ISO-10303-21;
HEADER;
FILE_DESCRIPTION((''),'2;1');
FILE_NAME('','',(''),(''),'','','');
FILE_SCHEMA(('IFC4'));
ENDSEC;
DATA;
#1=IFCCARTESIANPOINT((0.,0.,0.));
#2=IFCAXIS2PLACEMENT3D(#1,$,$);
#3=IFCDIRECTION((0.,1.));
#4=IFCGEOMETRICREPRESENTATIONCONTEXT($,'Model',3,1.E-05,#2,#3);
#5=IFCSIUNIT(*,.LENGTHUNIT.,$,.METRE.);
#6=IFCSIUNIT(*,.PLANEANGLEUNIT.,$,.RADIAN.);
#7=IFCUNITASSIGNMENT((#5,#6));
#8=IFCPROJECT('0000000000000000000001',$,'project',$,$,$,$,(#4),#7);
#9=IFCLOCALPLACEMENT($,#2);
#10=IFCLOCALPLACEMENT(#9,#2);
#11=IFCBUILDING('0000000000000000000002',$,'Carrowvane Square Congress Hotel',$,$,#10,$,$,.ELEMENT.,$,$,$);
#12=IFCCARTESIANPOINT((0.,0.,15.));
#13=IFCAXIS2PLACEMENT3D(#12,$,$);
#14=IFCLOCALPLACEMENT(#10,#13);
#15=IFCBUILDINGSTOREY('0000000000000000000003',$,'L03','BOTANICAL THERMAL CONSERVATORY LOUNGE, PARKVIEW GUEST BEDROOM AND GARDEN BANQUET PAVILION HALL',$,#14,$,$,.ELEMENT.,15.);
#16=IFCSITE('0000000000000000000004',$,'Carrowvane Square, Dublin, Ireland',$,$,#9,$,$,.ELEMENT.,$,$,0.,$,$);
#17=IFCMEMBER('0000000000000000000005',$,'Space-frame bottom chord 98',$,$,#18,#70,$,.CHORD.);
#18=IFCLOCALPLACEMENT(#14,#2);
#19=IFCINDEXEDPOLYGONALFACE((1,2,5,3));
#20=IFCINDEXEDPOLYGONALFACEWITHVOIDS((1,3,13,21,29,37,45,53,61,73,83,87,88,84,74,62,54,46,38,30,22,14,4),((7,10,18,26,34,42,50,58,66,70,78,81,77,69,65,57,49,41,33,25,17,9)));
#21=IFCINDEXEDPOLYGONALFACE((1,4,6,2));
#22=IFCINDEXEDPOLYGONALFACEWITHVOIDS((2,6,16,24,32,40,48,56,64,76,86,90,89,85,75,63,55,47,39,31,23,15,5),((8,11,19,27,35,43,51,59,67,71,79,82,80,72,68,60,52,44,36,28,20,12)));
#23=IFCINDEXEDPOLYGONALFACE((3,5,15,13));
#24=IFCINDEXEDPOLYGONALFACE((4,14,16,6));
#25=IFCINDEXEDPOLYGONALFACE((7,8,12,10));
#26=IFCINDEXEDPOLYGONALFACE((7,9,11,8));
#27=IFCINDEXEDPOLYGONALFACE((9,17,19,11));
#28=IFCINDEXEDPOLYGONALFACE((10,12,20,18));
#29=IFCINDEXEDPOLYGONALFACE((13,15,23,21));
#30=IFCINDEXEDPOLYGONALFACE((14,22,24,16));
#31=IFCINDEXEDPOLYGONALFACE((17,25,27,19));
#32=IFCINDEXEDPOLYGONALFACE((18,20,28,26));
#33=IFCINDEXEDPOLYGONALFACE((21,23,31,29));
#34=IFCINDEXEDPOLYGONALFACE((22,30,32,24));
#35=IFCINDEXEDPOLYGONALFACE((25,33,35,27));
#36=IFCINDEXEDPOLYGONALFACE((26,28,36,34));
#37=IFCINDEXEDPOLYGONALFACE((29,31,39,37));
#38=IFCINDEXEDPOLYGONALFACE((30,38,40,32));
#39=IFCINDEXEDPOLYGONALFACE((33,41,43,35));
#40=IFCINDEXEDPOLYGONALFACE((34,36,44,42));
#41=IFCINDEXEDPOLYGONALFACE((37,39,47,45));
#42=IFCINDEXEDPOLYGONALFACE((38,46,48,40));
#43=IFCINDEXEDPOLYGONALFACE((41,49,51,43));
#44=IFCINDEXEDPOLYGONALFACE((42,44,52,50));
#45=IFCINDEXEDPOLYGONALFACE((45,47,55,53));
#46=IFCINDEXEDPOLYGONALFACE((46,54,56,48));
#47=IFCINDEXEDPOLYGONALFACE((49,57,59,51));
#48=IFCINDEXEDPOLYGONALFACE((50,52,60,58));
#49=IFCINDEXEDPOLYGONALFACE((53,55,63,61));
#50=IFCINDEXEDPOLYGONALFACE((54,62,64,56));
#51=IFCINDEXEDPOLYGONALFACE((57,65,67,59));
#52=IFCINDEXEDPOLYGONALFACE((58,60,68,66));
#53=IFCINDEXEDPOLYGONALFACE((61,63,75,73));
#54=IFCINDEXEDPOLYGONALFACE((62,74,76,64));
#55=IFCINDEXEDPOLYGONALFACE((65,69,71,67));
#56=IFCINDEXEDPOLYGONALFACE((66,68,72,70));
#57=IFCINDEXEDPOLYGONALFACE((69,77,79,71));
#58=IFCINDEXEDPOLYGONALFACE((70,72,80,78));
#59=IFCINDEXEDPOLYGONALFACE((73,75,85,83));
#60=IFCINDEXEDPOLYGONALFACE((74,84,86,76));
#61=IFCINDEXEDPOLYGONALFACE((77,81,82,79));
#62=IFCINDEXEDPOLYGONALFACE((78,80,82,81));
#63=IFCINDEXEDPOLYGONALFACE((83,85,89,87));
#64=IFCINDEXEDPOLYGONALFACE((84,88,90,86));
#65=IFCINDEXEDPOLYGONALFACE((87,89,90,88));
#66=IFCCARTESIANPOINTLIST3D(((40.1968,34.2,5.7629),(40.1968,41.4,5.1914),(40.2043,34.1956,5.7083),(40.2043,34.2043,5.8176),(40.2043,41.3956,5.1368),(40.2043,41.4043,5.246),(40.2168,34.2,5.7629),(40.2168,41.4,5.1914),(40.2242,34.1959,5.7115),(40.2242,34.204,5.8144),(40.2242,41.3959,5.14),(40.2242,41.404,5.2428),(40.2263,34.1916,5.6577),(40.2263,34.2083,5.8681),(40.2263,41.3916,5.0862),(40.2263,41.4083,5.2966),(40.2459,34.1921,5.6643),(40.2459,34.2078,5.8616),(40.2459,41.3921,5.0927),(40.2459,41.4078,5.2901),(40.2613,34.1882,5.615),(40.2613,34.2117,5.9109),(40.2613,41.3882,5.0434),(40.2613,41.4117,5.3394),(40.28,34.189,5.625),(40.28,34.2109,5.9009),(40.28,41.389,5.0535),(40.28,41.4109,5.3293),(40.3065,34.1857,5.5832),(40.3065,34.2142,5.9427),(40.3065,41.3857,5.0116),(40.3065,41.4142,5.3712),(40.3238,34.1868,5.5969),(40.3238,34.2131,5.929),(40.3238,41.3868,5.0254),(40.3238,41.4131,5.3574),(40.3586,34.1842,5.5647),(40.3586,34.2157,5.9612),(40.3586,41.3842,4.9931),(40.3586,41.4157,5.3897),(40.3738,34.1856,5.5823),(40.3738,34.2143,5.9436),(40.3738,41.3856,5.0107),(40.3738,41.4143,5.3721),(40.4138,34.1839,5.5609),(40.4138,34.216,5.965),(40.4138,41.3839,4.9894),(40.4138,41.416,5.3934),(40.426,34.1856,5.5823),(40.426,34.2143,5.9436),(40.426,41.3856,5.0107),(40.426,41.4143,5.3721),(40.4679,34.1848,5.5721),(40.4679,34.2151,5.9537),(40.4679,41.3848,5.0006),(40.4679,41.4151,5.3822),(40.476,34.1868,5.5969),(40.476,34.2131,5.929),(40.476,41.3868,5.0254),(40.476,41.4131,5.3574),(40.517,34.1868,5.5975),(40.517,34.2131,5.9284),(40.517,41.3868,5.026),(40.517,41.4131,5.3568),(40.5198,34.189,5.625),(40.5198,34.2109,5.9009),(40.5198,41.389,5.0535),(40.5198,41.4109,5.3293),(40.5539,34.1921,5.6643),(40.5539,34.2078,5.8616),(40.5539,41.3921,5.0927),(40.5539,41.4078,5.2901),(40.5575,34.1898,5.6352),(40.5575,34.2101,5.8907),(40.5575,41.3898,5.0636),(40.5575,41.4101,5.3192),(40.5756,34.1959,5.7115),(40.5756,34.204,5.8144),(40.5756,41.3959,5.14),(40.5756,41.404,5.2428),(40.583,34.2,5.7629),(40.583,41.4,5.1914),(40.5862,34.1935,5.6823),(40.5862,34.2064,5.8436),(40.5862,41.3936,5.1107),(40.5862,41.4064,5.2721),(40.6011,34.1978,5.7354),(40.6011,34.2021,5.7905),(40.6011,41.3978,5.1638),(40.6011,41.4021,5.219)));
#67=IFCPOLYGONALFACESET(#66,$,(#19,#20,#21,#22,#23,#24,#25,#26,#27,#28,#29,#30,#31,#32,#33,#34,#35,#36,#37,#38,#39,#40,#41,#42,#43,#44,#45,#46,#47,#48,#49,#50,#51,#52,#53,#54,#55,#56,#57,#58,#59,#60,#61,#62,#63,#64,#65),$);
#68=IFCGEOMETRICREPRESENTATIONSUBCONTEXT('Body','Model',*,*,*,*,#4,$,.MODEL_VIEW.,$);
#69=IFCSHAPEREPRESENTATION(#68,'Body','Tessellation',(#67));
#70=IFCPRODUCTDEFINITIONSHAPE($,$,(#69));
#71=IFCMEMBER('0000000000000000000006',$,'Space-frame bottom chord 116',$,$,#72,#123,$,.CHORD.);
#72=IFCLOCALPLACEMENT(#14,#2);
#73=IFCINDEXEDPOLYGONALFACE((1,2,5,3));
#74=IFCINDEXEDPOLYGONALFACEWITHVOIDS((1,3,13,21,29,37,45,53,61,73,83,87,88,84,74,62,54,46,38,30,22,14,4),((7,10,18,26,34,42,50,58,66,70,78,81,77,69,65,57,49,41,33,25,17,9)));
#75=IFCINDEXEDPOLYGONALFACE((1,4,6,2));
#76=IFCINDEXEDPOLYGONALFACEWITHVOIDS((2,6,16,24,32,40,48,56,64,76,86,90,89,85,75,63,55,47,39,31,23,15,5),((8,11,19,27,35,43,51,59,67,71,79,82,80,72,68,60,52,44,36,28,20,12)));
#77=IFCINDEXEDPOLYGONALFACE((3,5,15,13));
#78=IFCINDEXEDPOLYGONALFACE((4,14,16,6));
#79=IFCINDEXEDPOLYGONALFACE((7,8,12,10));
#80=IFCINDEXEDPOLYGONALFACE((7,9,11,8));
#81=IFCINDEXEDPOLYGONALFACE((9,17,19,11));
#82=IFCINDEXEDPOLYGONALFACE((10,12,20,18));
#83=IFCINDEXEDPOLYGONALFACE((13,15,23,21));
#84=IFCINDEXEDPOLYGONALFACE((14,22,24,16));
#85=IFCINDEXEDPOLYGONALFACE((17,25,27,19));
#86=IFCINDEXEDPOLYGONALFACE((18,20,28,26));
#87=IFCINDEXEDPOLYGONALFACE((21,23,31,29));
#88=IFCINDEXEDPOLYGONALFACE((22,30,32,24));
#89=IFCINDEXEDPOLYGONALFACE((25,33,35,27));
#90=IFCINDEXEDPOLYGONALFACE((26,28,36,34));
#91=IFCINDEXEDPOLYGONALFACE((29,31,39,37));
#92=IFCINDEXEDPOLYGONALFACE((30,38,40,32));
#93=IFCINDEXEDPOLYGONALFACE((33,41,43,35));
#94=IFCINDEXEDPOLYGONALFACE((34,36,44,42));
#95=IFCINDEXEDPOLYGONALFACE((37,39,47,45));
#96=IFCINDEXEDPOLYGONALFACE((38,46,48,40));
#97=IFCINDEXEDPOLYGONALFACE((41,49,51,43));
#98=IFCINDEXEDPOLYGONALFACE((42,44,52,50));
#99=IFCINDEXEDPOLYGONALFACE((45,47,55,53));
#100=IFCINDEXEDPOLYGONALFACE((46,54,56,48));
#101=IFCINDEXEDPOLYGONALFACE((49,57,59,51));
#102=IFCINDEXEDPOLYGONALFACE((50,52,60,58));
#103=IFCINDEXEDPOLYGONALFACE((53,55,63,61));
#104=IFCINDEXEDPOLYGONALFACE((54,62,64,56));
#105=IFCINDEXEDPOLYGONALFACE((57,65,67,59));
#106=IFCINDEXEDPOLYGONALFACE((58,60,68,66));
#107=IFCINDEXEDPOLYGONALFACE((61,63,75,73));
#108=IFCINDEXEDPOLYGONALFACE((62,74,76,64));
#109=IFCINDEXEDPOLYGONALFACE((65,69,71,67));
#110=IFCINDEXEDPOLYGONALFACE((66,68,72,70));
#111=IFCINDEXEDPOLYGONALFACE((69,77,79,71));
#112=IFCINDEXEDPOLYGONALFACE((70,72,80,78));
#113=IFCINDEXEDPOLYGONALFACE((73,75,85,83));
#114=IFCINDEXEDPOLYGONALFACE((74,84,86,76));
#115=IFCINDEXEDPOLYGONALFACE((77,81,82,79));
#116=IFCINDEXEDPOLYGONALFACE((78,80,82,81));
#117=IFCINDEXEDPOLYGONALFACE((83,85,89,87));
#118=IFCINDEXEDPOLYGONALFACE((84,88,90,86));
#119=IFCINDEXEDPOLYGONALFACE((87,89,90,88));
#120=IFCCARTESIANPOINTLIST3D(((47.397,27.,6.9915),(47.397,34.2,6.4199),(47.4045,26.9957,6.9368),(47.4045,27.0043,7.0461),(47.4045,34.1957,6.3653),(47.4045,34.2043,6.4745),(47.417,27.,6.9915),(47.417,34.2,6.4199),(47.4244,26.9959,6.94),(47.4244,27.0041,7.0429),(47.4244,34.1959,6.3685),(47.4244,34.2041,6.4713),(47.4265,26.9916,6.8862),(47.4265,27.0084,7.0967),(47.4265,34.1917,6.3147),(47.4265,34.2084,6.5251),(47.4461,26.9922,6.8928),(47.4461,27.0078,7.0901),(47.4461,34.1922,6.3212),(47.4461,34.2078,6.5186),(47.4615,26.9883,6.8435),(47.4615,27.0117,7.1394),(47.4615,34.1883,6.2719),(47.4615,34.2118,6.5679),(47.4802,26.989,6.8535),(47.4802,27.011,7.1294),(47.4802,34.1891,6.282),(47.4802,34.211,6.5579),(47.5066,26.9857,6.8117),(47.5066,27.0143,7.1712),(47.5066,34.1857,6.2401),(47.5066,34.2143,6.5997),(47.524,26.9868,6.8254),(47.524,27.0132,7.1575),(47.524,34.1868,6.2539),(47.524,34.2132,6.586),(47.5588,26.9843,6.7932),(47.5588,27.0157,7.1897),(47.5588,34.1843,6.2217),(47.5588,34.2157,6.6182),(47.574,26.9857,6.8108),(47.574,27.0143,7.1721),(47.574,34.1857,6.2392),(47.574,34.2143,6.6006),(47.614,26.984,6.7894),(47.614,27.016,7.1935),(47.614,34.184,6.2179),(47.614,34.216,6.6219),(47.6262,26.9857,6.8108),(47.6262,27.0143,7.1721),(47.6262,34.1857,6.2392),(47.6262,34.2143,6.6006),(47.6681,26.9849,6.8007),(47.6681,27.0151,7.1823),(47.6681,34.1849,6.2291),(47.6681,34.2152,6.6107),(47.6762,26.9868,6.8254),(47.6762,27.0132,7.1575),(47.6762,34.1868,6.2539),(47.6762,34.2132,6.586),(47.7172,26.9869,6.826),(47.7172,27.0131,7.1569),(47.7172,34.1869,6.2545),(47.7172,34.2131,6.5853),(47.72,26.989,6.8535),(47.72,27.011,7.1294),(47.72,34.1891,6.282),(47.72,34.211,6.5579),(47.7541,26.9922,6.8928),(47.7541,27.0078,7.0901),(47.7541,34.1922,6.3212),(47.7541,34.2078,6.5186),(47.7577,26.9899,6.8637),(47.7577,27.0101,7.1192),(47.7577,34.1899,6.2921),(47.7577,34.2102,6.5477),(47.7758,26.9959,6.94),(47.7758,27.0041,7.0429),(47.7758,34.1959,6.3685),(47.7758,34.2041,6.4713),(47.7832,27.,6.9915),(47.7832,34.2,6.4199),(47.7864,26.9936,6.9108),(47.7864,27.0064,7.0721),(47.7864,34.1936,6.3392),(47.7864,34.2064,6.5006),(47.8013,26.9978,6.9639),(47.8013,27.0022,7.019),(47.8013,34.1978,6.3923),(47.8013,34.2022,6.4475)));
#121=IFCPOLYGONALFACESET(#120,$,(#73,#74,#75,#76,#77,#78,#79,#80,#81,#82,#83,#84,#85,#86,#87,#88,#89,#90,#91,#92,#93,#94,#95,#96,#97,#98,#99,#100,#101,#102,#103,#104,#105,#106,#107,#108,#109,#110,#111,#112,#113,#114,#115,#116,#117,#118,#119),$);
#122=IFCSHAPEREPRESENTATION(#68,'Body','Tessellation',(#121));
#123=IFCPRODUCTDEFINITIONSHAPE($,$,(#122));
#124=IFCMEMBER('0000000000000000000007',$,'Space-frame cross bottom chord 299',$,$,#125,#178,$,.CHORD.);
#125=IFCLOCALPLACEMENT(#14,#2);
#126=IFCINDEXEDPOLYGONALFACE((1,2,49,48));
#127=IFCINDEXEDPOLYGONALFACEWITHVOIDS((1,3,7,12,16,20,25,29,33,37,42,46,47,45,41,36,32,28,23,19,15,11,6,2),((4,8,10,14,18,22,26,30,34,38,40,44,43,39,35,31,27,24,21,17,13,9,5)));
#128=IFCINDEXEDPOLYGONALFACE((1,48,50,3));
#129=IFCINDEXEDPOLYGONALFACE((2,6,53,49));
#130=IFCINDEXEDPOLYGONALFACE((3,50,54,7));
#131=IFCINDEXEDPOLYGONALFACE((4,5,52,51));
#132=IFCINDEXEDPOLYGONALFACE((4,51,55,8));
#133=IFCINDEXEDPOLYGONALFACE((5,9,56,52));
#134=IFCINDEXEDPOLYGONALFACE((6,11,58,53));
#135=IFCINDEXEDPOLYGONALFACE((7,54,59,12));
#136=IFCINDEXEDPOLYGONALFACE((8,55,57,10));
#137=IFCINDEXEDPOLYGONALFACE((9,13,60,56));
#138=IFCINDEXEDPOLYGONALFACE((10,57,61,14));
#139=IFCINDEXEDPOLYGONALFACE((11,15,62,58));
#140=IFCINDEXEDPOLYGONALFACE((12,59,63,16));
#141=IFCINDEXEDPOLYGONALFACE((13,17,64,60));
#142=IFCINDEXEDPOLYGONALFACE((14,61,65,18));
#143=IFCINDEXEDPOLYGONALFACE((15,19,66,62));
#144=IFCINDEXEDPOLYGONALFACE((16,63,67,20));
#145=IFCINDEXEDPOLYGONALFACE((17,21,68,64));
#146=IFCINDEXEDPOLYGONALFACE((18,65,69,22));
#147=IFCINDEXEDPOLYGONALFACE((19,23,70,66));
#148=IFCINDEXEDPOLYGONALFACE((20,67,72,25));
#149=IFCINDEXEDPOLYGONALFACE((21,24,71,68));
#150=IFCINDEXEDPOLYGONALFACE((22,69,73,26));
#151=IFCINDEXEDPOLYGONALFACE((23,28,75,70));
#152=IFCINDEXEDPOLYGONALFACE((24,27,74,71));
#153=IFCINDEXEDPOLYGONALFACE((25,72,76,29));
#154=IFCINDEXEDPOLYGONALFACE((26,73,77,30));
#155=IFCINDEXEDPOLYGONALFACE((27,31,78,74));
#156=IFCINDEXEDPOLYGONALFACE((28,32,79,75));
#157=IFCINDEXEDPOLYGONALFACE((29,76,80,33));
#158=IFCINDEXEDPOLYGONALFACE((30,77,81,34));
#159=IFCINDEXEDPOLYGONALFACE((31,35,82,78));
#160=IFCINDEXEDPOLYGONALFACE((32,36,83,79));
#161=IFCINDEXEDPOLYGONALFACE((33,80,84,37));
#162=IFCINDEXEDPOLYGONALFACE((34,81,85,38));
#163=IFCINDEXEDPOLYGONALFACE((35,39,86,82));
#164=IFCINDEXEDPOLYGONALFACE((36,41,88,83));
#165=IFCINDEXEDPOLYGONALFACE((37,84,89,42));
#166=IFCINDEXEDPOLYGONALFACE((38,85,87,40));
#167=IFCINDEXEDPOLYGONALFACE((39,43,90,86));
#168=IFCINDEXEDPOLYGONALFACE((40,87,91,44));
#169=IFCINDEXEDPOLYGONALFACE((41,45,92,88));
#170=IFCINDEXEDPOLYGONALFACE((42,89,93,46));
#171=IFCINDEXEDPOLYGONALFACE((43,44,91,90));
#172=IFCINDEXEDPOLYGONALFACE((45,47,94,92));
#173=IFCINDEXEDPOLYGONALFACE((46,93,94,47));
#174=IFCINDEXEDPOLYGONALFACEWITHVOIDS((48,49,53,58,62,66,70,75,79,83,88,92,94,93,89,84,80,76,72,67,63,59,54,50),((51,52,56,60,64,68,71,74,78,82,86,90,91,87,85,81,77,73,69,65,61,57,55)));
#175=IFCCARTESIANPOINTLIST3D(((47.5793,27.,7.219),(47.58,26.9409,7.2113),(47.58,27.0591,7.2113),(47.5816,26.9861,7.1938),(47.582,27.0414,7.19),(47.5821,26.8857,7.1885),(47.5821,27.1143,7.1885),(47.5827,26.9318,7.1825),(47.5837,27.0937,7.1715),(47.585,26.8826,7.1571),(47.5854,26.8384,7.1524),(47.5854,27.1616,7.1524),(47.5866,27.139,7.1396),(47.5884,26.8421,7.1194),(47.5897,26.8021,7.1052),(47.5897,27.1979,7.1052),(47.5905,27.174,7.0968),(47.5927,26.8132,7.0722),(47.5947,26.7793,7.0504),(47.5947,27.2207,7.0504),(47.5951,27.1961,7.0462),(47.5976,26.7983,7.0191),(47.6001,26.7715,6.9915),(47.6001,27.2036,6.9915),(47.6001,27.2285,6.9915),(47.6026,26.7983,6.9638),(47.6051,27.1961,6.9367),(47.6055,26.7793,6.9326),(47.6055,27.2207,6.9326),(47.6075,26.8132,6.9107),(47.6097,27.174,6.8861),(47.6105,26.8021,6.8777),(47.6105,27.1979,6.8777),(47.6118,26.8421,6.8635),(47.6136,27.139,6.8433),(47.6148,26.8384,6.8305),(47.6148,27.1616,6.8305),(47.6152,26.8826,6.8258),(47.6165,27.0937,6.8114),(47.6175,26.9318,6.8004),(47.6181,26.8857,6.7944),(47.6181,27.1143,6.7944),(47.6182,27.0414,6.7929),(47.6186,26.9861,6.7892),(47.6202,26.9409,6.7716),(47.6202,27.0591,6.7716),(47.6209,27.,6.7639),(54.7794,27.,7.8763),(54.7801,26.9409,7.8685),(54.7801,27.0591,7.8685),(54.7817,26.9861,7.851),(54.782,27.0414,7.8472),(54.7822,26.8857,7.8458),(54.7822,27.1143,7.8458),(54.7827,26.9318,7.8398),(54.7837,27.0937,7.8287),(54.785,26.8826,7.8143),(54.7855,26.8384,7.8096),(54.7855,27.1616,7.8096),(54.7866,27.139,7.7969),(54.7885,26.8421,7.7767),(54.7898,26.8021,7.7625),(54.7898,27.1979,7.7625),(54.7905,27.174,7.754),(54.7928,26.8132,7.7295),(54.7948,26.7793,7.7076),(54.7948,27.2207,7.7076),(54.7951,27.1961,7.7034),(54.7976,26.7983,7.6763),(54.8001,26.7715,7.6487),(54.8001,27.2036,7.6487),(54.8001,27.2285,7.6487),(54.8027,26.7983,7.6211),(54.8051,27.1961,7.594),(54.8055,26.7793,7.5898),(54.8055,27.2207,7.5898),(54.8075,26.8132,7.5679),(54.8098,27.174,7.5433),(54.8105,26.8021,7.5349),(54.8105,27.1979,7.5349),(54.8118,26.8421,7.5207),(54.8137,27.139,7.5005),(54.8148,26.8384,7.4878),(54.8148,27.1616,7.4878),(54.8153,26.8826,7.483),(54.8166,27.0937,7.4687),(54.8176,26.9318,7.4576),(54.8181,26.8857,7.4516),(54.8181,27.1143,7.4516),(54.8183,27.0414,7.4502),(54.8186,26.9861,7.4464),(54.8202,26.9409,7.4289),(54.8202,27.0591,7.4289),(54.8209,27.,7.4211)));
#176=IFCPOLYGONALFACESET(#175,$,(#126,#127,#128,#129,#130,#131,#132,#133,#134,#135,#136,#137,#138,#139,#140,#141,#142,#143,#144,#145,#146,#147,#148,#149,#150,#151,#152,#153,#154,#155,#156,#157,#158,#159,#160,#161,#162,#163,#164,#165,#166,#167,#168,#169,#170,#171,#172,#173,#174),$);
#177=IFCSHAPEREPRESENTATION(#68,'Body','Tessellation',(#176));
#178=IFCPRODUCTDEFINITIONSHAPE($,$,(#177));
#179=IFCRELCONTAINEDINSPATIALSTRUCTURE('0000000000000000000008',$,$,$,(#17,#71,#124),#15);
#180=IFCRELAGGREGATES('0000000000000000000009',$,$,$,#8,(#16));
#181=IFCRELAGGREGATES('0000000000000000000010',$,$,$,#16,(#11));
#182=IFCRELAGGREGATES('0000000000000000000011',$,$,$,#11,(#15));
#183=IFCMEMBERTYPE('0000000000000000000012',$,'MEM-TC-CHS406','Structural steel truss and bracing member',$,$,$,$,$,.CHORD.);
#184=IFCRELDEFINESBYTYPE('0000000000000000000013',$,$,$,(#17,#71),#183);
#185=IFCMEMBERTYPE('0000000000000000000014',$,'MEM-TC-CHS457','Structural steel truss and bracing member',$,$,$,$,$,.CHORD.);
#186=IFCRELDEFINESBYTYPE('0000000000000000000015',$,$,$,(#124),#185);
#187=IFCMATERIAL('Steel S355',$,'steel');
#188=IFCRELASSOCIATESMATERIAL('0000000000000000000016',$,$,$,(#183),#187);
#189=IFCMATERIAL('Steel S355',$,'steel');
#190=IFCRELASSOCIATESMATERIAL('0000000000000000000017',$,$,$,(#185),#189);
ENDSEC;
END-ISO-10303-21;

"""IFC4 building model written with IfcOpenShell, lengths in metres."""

from ifc_helpers import new_model, si_unit, direction, frame, origin, origin_2d, place, context, subcontext, project, spatial, hollow_circle, extrude, material, material_profile, profile_set, type_object, element, save


model = new_model("IFC4")

# Units and contexts
model_context = context("Model", 3, precision=1e-05, world=origin(), true_north=direction((0.0, 1.0)))
body_context = subcontext(model_context, "Body", "Model", "MODEL_VIEW")
ifc_project = project(units=[si_unit("LENGTHUNIT", "METRE"), si_unit("PLANEANGLEUNIT", "RADIAN")], contexts=[model_context])

# Site, building, storey
site_placement = place(None, origin())
site = spatial("IfcSite", under=ifc_project, at=site_placement, Name="Carrowvane Square, Dublin, Ireland", CompositionType="ELEMENT", RefElevation=0.0)
building_placement = place(site_placement, origin())
building = spatial("IfcBuilding", under=site, at=building_placement, Name="Carrowvane Square Congress Hotel", CompositionType="ELEMENT")
storey_placement = place(building_placement, frame((0.0, 0.0, 15.0)))
storey = spatial("IfcBuildingStorey", under=building, at=storey_placement, Name="L03", Description="BOTANICAL THERMAL CONSERVATORY LOUNGE, PARKVIEW GUEST BEDROOM AND GARDEN BANQUET PAVILION HALL", CompositionType="ELEMENT", Elevation=15.0)

# Members
ifc_material_1 = material(Name="Steel S355", Category="steel")
ifc_material_profile_1 = material_profile(ifc_material_1, hollow_circle(Radius=0.2031, WallThickness=0.02, at=origin_2d()), Name="CHS 406.4x20")
ifc_profile_set_1 = profile_set([ifc_material_profile_1], Name="Steel S355")
member_type_1 = type_object("IfcMemberType", Name="MEM-TC-CHS406", Description="Structural steel truss and bracing member", PredefinedType="CHORD", material=ifc_profile_set_1)
for number, where, z_axis, x_axis, name in (
    (1, (40.3999, 34.2, 5.7629), (0.0, 0.996864, -0.079131), (-1.0, 0.0, 0.0), "Space-frame bottom chord 98"),
    (2, (47.6001, 27.0, 6.9915), (0.0, 0.996864, -0.079131), (-1.0, 0.0, 0.0), "Space-frame bottom chord 116"),
):
    element("IfcMember", number, at=place(storey_placement, frame(where, z_axis=z_axis, x_axis=x_axis)), inside=storey, type_object=member_type_1, Name=name, PredefinedType="CHORD", context=body_context, shape_type="SweptSolid", body=[
        extrude(hollow_circle(Radius=0.2031, WallThickness=0.02, at=origin_2d()), origin(), (0.0, 0.0, 1.0), 7.2227),
    ])
ifc_material_2 = material(Name="Steel S355", Category="steel")
ifc_material_profile_2 = material_profile(ifc_material_2, hollow_circle(Radius=0.2285, WallThickness=0.0249, at=origin_2d()), Name="CHS 457.0x25")
ifc_profile_set_2 = profile_set([ifc_material_profile_2], Name="Steel S355")
member_type_2 = type_object("IfcMemberType", Name="MEM-TC-CHS457", Description="Structural steel truss and bracing member", PredefinedType="CHORD", material=ifc_profile_set_2)
member_1_placement = place(storey_placement, frame((47.6001, 27.0, 6.9915), z_axis=(0.99586, 0.0, 0.090904), x_axis=(0.0, 1.0, 0.0)))
element("IfcMember", 3, at=member_1_placement, inside=storey, type_object=member_type_2, Name="Space-frame cross bottom chord 299", PredefinedType="CHORD", context=body_context, shape_type="SweptSolid", body=[
    extrude(hollow_circle(Radius=0.2285, WallThickness=0.0249, at=origin_2d()), origin(), (0.0, 0.0, 1.0), 7.23),
])

save(model, "model.ifc")
